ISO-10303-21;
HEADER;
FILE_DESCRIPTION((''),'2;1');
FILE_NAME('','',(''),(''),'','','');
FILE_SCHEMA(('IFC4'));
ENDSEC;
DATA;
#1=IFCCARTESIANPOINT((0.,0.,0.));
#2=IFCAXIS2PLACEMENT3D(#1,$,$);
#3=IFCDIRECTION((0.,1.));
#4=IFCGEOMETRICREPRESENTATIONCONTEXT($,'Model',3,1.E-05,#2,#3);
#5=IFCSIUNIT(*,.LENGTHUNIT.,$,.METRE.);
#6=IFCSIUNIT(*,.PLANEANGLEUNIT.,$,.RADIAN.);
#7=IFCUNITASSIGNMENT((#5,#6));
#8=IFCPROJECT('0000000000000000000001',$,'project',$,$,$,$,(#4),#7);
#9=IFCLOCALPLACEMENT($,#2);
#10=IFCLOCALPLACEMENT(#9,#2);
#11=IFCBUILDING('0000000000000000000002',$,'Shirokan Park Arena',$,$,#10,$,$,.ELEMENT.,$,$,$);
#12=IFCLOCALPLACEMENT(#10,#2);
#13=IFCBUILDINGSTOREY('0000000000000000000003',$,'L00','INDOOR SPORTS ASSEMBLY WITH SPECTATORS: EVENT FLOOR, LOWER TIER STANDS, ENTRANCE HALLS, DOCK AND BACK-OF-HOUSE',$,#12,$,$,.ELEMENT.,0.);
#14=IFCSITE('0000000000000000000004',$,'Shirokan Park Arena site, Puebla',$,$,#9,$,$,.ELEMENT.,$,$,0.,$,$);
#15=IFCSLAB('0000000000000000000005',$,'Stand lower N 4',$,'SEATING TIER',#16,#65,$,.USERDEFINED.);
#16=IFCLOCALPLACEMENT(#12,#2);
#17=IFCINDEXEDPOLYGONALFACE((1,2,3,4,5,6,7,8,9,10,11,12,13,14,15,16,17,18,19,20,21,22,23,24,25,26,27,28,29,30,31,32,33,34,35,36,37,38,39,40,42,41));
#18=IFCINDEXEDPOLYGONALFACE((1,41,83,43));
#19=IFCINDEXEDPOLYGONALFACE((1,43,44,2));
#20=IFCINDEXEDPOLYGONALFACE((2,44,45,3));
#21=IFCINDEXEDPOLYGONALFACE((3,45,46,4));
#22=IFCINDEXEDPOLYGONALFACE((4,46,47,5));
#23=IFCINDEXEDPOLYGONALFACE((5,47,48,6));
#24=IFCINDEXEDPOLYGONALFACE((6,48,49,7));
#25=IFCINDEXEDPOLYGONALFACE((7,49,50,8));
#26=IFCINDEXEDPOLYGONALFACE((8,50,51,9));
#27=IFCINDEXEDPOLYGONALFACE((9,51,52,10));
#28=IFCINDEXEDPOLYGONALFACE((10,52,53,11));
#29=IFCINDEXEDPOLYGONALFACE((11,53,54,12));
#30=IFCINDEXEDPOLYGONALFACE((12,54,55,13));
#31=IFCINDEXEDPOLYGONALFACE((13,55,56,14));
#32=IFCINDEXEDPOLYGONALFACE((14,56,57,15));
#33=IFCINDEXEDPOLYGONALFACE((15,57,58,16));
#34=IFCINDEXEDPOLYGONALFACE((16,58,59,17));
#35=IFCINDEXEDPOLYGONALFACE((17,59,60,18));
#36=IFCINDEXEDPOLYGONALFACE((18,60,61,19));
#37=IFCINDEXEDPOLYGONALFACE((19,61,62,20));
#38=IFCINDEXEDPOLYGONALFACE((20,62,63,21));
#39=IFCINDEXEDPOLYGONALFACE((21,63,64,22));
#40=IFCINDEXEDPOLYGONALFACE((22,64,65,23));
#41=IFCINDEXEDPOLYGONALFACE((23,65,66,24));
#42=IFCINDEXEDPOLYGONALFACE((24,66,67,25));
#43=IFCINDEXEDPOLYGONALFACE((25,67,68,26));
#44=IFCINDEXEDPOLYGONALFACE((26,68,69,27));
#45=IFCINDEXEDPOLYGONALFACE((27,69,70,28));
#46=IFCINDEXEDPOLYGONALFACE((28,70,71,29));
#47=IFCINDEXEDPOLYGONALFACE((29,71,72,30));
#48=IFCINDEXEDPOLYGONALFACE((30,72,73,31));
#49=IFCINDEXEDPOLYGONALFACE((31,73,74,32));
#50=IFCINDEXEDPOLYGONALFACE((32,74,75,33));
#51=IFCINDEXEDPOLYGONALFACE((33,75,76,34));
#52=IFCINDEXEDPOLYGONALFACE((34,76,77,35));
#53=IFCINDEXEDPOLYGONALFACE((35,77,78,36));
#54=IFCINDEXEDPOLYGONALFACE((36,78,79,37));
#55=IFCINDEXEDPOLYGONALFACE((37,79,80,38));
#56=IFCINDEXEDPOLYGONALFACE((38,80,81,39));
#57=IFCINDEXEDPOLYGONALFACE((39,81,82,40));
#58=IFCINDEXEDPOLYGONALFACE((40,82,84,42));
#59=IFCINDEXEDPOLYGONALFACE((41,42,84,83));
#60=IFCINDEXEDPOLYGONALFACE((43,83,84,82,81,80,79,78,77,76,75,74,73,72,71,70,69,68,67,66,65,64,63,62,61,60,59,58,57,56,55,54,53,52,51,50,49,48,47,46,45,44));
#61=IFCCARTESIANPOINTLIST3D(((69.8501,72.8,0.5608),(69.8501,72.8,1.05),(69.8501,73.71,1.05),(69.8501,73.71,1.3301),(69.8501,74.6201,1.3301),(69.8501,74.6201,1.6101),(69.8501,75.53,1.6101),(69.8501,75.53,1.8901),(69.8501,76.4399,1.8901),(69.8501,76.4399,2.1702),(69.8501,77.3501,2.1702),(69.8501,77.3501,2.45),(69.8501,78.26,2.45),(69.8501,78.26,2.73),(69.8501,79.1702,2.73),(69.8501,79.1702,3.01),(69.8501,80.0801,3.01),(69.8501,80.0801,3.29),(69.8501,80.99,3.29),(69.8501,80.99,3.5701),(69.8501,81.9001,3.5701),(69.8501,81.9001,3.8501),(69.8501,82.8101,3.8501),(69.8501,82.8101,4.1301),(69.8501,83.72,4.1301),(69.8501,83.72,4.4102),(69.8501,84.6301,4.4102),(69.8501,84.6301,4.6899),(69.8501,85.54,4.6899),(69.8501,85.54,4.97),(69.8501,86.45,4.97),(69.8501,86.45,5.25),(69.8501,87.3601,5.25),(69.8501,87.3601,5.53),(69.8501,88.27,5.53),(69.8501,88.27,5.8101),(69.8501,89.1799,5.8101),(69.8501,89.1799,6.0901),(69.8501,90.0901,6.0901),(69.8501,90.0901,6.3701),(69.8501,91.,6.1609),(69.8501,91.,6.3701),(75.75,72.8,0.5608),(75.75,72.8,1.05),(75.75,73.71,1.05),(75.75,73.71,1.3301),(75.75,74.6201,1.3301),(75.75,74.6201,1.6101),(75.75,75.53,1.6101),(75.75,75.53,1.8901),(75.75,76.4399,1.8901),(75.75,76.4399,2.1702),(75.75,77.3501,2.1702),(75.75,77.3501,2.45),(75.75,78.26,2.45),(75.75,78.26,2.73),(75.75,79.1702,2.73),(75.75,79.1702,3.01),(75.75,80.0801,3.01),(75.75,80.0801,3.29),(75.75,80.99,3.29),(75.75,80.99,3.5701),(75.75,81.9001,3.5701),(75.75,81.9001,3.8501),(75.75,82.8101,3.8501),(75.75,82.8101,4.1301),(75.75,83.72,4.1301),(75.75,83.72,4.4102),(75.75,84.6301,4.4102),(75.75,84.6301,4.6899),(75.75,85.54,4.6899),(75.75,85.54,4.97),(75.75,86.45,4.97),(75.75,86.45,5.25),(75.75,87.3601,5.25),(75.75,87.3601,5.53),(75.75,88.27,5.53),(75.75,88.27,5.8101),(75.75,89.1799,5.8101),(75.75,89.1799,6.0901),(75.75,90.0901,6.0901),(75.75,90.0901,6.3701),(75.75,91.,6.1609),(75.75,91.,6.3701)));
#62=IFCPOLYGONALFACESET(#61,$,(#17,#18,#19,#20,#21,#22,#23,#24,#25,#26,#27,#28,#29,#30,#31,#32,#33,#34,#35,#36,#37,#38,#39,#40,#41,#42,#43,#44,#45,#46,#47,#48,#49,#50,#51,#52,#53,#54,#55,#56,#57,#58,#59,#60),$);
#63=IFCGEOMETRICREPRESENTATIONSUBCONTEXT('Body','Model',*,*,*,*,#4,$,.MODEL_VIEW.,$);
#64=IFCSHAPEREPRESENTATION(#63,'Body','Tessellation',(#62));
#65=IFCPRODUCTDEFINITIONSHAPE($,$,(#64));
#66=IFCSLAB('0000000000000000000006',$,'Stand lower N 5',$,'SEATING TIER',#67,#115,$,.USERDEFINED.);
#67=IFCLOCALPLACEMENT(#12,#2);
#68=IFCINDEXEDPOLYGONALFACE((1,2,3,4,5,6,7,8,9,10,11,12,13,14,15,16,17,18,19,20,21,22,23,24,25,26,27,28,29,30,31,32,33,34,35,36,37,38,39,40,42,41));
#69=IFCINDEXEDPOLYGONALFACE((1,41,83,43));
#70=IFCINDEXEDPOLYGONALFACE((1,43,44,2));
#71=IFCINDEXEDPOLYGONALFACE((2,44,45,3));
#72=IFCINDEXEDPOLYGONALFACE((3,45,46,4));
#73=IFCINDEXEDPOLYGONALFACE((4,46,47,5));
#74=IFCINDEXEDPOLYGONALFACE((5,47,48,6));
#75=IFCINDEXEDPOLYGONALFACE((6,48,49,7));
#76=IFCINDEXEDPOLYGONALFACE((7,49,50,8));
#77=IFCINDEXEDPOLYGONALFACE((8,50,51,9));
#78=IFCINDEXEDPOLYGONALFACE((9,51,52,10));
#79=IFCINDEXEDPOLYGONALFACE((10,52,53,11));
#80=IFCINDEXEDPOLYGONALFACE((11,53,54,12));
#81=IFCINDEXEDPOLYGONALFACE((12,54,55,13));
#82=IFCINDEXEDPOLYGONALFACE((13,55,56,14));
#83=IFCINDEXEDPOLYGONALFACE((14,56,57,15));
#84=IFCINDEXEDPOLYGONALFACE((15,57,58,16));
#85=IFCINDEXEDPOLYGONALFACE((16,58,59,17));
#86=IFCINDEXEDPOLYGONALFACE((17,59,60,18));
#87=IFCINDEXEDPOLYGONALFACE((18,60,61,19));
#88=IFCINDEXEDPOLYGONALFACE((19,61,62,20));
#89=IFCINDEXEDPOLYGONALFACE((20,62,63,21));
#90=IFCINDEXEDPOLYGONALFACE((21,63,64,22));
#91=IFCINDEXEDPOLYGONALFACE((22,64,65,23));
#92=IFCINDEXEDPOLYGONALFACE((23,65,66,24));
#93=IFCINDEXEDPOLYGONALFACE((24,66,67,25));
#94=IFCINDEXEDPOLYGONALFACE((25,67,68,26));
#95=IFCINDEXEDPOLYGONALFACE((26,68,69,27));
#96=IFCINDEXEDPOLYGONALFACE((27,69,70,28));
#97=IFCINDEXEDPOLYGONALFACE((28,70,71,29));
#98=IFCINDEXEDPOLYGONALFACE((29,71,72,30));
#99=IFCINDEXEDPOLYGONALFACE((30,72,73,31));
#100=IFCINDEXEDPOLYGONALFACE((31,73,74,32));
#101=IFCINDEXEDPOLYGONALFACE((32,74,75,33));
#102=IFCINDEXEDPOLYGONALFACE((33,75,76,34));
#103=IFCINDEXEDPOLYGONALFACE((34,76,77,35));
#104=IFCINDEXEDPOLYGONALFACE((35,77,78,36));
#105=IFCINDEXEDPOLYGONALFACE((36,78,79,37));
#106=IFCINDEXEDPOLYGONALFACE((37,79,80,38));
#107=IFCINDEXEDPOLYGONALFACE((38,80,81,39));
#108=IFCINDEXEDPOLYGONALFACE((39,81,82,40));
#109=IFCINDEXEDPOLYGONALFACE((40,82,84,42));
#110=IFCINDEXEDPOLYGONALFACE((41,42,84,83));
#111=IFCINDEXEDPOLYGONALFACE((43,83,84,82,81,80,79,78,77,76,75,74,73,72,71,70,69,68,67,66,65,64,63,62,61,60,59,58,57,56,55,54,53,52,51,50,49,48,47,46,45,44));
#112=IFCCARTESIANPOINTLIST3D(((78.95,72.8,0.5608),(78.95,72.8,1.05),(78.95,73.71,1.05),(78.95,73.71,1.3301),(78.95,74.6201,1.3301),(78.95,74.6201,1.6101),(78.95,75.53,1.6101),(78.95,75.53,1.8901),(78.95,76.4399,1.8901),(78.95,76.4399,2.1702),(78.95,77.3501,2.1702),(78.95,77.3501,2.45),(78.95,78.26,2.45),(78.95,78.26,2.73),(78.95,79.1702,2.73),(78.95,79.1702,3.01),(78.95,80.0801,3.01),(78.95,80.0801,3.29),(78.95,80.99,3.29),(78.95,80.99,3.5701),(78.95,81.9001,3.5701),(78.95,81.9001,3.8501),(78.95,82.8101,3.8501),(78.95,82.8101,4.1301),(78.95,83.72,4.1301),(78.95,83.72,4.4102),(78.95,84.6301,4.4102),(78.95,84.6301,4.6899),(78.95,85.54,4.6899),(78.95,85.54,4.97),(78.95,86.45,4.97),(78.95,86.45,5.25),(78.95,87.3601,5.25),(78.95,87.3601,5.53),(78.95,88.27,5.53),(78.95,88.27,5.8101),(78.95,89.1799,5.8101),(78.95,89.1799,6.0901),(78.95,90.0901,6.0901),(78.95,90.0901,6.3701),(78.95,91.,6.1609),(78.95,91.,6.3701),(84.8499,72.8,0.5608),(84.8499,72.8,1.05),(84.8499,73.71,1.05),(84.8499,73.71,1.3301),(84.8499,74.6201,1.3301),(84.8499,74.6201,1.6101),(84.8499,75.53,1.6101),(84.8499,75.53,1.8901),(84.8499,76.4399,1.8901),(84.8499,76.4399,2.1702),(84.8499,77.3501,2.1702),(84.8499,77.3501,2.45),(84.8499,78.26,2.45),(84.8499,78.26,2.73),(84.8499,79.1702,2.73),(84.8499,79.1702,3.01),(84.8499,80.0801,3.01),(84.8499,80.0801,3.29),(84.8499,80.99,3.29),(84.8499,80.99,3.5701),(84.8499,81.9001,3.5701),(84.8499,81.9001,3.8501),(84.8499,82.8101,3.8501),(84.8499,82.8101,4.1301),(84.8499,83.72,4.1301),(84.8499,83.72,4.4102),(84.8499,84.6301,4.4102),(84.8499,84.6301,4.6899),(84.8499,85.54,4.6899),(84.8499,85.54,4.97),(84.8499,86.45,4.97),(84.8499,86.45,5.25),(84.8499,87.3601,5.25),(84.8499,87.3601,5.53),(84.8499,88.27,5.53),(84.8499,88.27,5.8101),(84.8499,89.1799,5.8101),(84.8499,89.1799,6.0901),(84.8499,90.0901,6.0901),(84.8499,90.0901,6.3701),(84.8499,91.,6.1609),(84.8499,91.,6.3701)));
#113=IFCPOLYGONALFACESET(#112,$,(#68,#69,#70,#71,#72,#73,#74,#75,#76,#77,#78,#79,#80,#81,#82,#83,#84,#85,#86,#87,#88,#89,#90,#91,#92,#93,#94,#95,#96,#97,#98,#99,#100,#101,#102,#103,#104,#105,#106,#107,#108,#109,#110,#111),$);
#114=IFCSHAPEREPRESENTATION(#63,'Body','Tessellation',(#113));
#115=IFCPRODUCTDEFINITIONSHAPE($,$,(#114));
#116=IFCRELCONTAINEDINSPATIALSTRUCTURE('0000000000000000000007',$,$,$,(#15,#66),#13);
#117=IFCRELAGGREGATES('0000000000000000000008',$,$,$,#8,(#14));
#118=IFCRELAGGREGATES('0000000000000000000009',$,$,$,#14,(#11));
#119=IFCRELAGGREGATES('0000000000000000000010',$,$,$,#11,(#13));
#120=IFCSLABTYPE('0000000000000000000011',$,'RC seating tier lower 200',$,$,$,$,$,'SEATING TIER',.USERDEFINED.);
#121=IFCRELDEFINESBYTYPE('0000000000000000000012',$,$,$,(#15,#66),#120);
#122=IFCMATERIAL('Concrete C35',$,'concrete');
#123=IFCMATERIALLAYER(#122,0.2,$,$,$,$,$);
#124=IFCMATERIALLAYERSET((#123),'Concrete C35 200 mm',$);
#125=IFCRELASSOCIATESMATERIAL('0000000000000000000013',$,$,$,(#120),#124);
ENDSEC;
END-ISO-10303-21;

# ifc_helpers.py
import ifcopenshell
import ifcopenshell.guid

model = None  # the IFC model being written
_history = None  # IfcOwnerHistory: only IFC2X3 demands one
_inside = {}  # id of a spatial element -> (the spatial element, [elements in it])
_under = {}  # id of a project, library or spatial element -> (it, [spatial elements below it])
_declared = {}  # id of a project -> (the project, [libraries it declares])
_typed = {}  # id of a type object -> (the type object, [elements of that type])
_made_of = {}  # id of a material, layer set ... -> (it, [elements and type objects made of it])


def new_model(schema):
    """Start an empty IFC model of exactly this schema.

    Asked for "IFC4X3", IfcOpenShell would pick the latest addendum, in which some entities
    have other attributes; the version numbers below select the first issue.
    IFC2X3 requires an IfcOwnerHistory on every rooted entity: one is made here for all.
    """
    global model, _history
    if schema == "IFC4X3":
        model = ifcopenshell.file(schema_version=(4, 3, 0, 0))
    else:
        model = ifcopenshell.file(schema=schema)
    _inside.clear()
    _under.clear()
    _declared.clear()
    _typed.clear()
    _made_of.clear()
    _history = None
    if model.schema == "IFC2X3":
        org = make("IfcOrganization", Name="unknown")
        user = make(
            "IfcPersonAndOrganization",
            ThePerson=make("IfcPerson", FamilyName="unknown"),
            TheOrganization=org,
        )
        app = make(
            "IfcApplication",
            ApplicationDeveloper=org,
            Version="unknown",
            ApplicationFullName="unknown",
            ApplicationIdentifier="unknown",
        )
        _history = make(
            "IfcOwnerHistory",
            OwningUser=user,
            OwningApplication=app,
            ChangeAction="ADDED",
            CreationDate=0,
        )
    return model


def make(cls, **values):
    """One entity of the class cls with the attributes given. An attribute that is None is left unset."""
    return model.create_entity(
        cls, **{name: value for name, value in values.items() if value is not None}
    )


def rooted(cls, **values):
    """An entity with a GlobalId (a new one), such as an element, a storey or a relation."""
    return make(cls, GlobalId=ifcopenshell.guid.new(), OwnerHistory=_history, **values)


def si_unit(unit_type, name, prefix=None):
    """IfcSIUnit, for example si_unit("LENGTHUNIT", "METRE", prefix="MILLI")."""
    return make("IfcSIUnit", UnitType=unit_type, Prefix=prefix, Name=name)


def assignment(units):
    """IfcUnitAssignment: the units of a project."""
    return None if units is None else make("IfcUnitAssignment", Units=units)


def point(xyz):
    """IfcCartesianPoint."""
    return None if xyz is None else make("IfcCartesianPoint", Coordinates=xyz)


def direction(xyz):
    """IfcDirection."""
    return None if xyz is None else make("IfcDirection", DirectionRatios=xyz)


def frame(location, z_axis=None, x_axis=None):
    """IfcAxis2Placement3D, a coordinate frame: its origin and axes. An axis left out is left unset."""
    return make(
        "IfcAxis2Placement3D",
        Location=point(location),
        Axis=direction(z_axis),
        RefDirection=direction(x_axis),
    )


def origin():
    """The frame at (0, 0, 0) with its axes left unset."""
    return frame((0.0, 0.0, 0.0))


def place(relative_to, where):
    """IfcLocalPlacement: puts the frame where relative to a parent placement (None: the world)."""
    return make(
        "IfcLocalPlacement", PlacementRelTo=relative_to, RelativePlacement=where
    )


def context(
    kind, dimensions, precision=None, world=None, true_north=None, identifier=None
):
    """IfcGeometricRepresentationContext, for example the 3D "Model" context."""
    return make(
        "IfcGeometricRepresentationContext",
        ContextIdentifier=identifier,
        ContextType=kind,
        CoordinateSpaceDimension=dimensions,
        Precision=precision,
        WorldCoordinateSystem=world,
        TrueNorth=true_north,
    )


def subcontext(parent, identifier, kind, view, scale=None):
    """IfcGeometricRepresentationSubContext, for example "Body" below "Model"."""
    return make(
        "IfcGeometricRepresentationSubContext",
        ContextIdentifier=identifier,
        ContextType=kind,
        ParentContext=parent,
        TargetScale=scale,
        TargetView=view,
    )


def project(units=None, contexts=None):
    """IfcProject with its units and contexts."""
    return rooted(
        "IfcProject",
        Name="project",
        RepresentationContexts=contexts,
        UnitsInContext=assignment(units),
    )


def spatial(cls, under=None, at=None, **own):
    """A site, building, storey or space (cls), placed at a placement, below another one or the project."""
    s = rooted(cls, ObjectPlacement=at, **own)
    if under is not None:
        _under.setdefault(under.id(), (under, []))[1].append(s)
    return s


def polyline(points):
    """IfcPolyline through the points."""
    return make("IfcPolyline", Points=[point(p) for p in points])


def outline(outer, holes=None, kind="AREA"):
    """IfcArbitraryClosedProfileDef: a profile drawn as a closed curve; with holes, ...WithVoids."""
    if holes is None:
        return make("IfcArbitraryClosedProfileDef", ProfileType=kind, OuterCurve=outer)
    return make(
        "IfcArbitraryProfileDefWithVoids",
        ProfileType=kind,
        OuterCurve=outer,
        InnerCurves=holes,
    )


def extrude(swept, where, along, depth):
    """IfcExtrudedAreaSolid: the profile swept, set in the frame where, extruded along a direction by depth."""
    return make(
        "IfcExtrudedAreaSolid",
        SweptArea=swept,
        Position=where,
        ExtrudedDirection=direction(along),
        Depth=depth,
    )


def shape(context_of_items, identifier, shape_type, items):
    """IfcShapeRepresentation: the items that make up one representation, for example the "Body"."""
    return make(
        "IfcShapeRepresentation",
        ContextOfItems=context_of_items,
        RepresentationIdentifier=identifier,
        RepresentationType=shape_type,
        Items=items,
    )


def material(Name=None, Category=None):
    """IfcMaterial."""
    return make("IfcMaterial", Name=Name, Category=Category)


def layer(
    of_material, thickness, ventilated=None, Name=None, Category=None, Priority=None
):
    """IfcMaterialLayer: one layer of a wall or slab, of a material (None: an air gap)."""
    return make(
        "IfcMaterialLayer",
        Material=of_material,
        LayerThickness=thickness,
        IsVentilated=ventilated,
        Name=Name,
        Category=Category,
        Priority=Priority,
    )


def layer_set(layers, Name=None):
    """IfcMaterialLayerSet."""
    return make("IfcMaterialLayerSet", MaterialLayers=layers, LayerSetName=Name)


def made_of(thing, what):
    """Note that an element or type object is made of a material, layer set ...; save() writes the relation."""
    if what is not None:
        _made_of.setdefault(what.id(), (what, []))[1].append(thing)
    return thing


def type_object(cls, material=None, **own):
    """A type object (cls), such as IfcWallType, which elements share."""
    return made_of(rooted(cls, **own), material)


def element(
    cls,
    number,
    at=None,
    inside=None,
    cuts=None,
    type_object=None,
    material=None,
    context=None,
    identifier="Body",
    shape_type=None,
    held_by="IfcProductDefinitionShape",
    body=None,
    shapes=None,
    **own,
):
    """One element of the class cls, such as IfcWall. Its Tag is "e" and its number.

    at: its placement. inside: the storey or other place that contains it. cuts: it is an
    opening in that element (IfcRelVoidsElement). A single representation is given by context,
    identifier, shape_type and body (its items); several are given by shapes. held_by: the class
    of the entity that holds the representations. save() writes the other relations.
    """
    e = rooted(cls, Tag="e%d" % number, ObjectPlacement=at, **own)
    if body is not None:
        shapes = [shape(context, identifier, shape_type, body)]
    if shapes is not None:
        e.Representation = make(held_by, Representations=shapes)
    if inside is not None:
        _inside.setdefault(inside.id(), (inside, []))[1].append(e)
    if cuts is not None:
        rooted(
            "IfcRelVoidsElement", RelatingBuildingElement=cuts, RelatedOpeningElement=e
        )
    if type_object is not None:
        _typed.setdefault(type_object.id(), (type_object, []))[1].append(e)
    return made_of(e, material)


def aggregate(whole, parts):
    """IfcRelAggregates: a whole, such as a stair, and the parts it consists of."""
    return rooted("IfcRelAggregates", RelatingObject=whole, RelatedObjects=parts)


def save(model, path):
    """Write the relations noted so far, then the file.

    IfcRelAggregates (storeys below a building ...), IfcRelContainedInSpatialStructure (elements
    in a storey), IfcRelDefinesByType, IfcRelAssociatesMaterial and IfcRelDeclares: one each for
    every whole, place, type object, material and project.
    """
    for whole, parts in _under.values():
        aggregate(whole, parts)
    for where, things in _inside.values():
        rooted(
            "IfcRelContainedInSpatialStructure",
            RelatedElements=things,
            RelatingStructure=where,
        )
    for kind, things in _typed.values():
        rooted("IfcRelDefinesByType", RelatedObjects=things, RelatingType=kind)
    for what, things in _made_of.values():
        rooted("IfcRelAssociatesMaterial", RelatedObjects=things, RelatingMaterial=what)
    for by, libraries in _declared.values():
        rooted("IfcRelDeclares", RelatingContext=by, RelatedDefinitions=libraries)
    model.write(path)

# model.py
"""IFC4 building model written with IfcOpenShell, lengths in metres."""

from ifc_helpers import new_model, si_unit, direction, frame, origin, place, context, subcontext, project, spatial, polyline, outline, extrude, material, layer, layer_set, type_object, element, save


model = new_model("IFC4")

# Units and contexts
model_context = context("Model", 3, precision=1e-05, world=origin(), true_north=direction((0.0, 1.0)))
body_context = subcontext(model_context, "Body", "Model", "MODEL_VIEW")
ifc_project = project(units=[si_unit("LENGTHUNIT", "METRE"), si_unit("PLANEANGLEUNIT", "RADIAN")], contexts=[model_context])

# Site, building, storey
site_placement = place(None, origin())
site = spatial("IfcSite", under=ifc_project, at=site_placement, Name="Shirokan Park Arena site, Puebla", CompositionType="ELEMENT", RefElevation=0.0)
building_placement = place(site_placement, origin())
building = spatial("IfcBuilding", under=site, at=building_placement, Name="Shirokan Park Arena", CompositionType="ELEMENT")
storey_placement = place(building_placement, origin())
storey = spatial("IfcBuildingStorey", under=building, at=storey_placement, Name="L00", Description="INDOOR SPORTS ASSEMBLY WITH SPECTATORS: EVENT FLOOR, LOWER TIER STANDS, ENTRANCE HALLS, DOCK AND BACK-OF-HOUSE", CompositionType="ELEMENT", Elevation=0.0)

# Shared definitions
ifc_material_1 = material(Name="Concrete C35", Category="concrete")

# Slabs
ifc_layer = layer(ifc_material_1, 0.2)
ifc_layer_set = layer_set([ifc_layer], Name="Concrete C35 200 mm")
slab_type = type_object("IfcSlabType", Name="RC seating tier lower 200", ElementType="SEATING TIER", PredefinedType="USERDEFINED", material=ifc_layer_set)
for number, where, z_axis, x_axis, name in (
    (1, (72.8, 72.8, 1.05), (0.0, 0.0, 1.0), (0.0, 1.0, 0.0), "Stand lower N 4"),
    (2, (81.8999, 72.8, 1.05), (0.0, 0.0, 1.0), (0.0, 1.0, 0.0), "Stand lower N 5"),
):
    element("IfcSlab", number, at=place(storey_placement, frame(where, z_axis=z_axis, x_axis=x_axis)), inside=storey, type_object=slab_type, Name=name, ObjectType="SEATING TIER", PredefinedType="USERDEFINED", context=body_context, shape_type="SweptSolid", body=[
        extrude(outline(polyline([(0.0, 0.0), (0.9099, 0.0), (0.9099, 0.28), (1.8201, 0.28), (1.8201, 0.5601), (2.73, 0.5601), (2.73, 0.8401), (3.6399, 0.8401), (3.6399, 1.1201), (4.55, 1.1201), (4.55, 1.3999), (5.46, 1.3999), (5.46, 1.6799), (6.3701, 1.6799), (6.3701, 1.96), (7.28, 1.96), (7.28, 2.24), (8.1899, 2.24), (8.1899, 2.52), (9.1001, 2.52), (9.1001, 2.8), (10.01, 2.8), (10.01, 3.0801), (10.9199, 3.0801), (10.9199, 3.3601), (11.8301, 3.3601), (11.8301, 3.6399), (12.74, 3.6399), (12.74, 3.9199), (13.6499, 3.9199), (13.6499, 4.2), (14.5601, 4.2), (14.5601, 4.48), (15.47, 4.48), (15.47, 4.76), (16.3799, 4.76), (16.3799, 5.04), (17.29, 5.04), (17.29, 5.3201), (18.2, 5.3201), (18.2, 5.1108), (0.0, -0.4893), (0.0, 0.0)])), frame((0.0, 2.95, 0.0), z_axis=(0.0, -1.0, 0.0), x_axis=(1.0, 0.0, 0.0)), (0.0, 0.0, 1.0), 5.8999),
    ])

save(model, "model.ifc")
